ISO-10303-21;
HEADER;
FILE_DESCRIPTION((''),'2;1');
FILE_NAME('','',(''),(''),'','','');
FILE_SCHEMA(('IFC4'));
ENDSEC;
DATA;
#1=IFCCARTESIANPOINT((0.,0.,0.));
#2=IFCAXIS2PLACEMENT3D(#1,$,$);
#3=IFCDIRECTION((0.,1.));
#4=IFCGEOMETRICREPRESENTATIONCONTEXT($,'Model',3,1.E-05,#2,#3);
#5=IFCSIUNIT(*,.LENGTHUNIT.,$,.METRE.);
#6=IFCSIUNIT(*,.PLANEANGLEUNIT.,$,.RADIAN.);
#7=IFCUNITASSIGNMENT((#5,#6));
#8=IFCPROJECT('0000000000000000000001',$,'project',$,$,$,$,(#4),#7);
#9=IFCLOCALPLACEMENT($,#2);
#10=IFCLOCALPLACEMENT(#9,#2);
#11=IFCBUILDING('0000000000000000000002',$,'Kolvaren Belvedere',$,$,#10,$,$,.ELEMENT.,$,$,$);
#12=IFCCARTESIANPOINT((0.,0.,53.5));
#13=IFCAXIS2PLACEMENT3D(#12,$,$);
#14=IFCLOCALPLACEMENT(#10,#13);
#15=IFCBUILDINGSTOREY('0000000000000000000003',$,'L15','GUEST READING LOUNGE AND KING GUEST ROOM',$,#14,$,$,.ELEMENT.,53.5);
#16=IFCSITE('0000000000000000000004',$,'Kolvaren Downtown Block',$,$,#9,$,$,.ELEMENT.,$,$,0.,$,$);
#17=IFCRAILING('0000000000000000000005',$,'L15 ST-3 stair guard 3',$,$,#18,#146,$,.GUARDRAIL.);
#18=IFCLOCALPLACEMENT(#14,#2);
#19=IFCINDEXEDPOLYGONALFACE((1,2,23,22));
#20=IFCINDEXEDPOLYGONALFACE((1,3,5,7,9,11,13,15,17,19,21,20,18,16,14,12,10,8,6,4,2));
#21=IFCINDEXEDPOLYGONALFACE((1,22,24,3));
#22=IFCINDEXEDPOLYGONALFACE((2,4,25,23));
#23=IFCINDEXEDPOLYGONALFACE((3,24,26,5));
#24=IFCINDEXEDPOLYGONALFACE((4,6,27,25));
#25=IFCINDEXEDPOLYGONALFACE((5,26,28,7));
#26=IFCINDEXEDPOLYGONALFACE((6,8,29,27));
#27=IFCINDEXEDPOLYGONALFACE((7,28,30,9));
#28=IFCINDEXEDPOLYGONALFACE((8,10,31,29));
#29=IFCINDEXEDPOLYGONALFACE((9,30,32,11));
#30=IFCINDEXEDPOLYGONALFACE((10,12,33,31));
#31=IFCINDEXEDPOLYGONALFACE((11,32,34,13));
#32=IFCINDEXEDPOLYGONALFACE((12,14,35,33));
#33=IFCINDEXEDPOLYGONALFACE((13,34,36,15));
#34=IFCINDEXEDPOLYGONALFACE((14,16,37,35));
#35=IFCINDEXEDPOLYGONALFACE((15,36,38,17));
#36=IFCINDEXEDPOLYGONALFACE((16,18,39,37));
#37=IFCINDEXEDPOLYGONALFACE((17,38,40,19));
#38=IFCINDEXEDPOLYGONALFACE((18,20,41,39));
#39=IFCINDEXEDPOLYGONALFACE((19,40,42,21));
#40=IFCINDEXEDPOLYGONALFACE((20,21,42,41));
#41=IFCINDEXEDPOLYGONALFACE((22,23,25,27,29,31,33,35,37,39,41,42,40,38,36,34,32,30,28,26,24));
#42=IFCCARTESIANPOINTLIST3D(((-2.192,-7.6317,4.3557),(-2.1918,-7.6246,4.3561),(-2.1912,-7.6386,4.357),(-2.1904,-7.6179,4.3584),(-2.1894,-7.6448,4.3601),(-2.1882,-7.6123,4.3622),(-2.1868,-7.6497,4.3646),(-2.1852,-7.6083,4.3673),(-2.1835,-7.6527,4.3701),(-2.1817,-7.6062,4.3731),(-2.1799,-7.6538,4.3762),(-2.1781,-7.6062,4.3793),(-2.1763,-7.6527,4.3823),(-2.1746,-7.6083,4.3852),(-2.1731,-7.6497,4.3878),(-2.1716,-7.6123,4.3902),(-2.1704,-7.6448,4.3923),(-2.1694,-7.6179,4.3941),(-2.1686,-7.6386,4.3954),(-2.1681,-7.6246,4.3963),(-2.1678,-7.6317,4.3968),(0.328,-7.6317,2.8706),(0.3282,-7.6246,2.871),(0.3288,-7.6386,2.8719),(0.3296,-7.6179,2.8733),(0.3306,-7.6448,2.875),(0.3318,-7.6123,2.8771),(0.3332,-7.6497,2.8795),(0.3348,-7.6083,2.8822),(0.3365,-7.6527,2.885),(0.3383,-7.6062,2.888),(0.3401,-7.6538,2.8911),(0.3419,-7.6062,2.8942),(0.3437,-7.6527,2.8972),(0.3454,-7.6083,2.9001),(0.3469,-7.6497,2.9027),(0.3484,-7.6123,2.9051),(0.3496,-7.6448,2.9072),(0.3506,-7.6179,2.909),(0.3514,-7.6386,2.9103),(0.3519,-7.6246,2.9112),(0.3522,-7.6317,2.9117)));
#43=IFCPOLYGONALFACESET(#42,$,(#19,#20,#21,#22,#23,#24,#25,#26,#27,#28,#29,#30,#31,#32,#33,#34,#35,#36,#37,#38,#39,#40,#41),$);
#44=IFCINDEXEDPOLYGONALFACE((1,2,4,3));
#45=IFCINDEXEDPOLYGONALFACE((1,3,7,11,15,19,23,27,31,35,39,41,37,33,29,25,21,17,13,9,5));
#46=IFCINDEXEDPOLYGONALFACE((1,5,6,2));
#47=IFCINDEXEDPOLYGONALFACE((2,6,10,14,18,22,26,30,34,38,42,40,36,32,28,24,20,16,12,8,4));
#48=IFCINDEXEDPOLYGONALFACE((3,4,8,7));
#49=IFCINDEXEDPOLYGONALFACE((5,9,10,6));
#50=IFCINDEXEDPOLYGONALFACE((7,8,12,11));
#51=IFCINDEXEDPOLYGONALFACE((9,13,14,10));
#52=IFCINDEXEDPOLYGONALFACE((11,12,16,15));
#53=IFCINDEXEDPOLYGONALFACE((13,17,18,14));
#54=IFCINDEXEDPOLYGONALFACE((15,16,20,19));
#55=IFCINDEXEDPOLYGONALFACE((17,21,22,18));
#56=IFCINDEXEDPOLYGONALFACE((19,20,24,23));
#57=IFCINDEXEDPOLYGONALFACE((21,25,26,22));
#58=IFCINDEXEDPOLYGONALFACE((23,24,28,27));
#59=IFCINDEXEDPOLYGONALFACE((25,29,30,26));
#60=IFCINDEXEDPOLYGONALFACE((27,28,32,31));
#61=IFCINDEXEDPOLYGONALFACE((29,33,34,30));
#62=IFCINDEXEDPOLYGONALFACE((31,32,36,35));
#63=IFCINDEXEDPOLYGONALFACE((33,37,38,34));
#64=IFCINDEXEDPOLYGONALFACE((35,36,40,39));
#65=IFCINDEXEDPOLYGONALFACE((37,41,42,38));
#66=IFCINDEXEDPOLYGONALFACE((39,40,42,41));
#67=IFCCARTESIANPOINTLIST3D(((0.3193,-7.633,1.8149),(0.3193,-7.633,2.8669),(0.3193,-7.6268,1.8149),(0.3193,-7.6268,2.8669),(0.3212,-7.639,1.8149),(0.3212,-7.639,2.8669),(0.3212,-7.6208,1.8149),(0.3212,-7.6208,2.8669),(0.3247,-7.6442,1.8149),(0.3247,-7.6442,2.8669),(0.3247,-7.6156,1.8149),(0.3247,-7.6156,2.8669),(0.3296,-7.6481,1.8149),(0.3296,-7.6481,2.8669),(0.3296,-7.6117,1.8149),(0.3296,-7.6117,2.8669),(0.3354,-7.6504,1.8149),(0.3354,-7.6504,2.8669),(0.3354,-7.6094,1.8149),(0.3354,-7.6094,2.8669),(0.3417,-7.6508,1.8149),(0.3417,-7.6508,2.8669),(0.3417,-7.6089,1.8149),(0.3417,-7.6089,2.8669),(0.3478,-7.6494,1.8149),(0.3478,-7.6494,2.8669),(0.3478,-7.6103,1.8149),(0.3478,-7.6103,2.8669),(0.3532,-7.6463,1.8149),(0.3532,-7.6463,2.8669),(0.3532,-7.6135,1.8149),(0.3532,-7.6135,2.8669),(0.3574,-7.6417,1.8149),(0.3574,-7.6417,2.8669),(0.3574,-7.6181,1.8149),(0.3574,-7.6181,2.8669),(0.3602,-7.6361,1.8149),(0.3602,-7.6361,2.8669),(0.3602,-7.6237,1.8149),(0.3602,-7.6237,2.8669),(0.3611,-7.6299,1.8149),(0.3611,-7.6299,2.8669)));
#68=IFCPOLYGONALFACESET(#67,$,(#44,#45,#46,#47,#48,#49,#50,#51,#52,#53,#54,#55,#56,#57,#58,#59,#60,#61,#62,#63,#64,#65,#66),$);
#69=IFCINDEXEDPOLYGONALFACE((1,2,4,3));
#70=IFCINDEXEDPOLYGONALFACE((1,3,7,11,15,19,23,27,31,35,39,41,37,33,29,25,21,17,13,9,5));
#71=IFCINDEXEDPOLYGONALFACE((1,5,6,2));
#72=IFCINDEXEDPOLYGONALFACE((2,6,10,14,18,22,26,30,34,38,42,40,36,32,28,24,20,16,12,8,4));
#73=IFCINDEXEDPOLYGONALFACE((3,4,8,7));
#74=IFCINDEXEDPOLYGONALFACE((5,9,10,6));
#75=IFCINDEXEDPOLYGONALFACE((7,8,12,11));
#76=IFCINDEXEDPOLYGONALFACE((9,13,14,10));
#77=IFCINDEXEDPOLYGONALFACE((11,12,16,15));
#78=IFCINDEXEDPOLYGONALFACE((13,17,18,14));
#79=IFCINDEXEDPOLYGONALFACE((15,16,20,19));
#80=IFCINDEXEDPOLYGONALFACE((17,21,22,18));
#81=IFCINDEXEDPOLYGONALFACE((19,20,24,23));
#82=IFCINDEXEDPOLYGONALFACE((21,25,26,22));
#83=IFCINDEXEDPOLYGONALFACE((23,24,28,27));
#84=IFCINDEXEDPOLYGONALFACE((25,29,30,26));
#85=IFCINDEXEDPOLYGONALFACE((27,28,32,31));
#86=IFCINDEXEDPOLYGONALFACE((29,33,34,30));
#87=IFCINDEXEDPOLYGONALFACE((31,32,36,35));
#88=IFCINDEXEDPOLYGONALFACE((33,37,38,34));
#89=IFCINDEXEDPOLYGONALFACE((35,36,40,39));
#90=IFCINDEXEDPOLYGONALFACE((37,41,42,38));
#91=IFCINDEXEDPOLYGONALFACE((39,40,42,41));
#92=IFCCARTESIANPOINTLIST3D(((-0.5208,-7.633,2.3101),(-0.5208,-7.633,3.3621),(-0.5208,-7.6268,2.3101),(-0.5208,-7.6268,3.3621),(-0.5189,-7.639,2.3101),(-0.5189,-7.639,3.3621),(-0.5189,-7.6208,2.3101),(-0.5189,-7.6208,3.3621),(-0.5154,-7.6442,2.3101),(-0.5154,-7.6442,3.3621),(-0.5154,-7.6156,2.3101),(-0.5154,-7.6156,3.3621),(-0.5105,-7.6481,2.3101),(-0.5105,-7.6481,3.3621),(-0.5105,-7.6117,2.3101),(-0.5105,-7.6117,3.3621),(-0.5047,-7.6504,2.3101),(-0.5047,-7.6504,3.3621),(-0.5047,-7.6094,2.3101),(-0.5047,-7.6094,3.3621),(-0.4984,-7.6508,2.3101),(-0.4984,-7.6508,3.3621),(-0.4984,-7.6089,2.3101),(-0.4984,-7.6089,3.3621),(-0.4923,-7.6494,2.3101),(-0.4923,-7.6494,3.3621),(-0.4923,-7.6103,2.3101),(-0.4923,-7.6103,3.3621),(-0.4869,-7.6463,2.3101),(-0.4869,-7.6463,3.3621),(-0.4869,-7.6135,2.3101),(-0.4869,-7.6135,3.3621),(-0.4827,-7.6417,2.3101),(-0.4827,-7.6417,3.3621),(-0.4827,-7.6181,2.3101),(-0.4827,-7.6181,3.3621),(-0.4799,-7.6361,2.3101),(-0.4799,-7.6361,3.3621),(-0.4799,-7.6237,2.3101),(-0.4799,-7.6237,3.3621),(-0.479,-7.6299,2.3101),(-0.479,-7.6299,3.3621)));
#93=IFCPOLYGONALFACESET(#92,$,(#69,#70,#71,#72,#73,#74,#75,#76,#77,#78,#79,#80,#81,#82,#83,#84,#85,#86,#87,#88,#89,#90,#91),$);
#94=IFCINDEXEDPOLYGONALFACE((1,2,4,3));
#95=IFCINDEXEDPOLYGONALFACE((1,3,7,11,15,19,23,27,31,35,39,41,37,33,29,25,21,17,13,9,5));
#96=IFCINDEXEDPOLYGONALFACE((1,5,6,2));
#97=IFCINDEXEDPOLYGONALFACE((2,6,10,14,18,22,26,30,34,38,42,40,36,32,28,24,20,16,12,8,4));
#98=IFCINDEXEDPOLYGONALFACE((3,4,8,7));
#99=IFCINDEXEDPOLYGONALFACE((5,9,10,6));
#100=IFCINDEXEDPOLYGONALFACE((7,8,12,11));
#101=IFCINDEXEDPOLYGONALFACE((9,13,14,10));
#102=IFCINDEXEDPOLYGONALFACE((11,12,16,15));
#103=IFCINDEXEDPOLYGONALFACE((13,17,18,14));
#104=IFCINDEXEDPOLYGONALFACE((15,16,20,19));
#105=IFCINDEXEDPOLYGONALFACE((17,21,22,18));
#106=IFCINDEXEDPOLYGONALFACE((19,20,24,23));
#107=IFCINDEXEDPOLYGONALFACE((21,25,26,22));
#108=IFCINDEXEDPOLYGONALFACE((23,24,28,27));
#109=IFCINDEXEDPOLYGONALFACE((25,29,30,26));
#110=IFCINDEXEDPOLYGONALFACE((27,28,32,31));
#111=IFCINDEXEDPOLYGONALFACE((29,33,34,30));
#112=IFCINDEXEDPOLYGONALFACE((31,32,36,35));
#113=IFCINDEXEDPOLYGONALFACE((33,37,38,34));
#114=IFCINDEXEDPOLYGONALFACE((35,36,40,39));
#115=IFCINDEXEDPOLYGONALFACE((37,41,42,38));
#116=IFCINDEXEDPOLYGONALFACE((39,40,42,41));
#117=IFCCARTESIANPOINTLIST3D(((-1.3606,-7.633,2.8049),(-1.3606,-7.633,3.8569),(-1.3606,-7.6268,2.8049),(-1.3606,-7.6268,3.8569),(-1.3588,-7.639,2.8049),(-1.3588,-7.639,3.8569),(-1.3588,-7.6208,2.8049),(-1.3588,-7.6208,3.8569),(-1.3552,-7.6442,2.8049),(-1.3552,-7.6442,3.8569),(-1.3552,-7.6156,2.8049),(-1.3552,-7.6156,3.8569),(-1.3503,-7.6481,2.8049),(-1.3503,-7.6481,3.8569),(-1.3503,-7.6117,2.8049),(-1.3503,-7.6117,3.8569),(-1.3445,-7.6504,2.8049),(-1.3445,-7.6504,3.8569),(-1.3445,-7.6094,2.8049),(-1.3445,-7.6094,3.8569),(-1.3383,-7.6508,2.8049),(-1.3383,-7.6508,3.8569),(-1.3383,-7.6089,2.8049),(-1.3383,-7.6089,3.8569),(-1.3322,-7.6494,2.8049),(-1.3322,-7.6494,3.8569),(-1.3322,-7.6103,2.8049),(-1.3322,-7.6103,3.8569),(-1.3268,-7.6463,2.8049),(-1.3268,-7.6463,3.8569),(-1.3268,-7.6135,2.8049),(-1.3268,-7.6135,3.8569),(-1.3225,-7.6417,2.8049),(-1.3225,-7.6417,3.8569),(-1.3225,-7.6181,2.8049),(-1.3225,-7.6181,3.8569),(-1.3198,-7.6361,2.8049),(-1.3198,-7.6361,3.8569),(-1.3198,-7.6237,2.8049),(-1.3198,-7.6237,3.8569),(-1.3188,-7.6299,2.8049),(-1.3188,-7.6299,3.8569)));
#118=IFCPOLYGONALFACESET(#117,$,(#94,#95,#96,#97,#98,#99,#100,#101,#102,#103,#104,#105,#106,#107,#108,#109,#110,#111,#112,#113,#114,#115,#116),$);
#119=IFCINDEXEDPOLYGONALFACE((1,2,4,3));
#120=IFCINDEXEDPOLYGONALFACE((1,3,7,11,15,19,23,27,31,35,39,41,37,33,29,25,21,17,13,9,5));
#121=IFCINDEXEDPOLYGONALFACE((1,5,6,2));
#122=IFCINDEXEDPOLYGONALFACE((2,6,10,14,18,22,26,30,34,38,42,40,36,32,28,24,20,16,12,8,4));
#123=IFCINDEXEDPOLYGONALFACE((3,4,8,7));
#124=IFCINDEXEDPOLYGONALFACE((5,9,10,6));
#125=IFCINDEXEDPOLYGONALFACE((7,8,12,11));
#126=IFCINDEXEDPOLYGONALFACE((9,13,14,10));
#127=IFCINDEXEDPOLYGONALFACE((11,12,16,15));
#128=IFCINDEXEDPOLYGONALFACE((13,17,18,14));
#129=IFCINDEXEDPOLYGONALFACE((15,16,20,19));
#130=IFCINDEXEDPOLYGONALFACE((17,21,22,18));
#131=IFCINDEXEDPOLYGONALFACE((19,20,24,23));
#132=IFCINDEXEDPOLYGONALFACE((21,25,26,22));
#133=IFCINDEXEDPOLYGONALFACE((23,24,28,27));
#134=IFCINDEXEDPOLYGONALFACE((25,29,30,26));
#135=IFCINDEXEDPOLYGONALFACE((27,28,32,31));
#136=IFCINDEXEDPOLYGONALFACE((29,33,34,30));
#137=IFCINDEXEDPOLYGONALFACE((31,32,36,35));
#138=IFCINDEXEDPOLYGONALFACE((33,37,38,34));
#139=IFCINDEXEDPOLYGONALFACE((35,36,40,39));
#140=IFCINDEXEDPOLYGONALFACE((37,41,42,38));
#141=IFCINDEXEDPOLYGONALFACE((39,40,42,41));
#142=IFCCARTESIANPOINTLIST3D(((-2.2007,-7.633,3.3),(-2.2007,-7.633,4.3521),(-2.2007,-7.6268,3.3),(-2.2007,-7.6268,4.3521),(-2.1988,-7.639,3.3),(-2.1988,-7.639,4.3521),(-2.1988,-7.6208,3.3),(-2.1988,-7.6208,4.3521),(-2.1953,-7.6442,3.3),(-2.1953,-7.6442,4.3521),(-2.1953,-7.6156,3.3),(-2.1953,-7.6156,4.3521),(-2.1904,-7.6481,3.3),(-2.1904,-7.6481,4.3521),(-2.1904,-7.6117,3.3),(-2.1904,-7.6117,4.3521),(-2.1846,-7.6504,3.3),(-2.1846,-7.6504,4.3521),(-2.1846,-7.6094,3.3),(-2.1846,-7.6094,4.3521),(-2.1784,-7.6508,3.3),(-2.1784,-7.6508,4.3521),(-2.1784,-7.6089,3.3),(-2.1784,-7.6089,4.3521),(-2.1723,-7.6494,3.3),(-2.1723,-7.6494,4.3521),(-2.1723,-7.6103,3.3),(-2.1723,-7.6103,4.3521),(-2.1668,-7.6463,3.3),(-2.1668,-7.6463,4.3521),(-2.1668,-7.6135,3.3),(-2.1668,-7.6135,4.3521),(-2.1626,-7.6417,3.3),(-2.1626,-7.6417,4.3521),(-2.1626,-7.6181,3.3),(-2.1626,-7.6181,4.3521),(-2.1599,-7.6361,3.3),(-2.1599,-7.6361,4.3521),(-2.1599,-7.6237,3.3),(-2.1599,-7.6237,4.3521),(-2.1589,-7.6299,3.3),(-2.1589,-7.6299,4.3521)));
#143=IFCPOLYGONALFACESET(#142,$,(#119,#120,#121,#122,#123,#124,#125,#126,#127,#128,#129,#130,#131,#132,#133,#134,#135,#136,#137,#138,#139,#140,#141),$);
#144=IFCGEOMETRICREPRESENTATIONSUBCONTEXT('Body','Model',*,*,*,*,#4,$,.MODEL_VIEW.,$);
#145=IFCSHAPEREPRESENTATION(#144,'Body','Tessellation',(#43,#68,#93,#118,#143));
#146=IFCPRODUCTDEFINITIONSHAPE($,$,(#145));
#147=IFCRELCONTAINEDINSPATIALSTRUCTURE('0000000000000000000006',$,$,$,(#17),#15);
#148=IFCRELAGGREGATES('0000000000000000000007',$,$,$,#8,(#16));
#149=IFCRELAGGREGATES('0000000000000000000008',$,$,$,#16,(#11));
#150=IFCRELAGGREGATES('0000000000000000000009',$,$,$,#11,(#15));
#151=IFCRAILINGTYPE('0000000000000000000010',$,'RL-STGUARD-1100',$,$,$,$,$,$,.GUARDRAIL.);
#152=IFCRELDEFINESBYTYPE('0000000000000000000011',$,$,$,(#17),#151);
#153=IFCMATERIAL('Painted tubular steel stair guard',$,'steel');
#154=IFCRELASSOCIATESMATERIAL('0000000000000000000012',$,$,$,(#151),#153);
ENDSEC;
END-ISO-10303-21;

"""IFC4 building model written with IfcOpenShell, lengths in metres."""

from ifc_helpers import new_model, si_unit, direction, frame, origin, origin_2d, place, context, subcontext, project, spatial, circle, extrude, material, type_object, element, save


model = new_model("IFC4")

# Units and contexts
model_context = context("Model", 3, precision=1e-05, world=origin(), true_north=direction((0.0, 1.0)))
body_context = subcontext(model_context, "Body", "Model", "MODEL_VIEW")
ifc_project = project(units=[si_unit("LENGTHUNIT", "METRE"), si_unit("PLANEANGLEUNIT", "RADIAN")], contexts=[model_context])

# Site, building, storey
site_placement = place(None, origin())
site = spatial("IfcSite", under=ifc_project, at=site_placement, Name="Kolvaren Downtown Block", CompositionType="ELEMENT", RefElevation=0.0)
building_placement = place(site_placement, origin())
building = spatial("IfcBuilding", under=site, at=building_placement, Name="Kolvaren Belvedere", CompositionType="ELEMENT")
storey_placement = place(building_placement, frame((0.0, 0.0, 53.5)))
storey = spatial("IfcBuildingStorey", under=building, at=storey_placement, Name="L15", Description="GUEST READING LOUNGE AND KING GUEST ROOM", CompositionType="ELEMENT", Elevation=53.5)

# Railing
ifc_material_1 = material(Name="Painted tubular steel stair guard", Category="steel")
railing_type_1 = type_object("IfcRailingType", Name="RL-STGUARD-1100", PredefinedType="GUARDRAIL", material=ifc_material_1)
railing_1_placement = place(storey_placement, frame((0.3401, -7.6299, 1.8149)))
element("IfcRailing", 1, at=railing_1_placement, inside=storey, type_object=railing_type_1, Name="L15 ST-3 stair guard 3", PredefinedType="GUARDRAIL", context=body_context, shape_type="SweptSolid", body=[
    extrude(circle(Radius=0.0239, at=origin_2d()), frame((0.0, 0.0, 1.0762), z_axis=(-0.861524, 0.0, 0.507717), x_axis=(0.0, -1.0, 0.0)), (0.0, 0.0, 1.0), 2.925),
    extrude(circle(Radius=0.021, at=origin_2d()), origin(), (0.0, 0.0, 1.0), 1.052),
    extrude(circle(Radius=0.021, at=origin_2d()), frame((-0.8401, 0.0, 0.4951)), (0.0, 0.0, 1.0), 1.052),
    extrude(circle(Radius=0.021, at=origin_2d()), frame((-1.6799, 0.0, 0.99)), (0.0, 0.0, 1.0), 1.052),
    extrude(circle(Radius=0.021, at=origin_2d()), frame((-2.52, 0.0, 1.4851)), (0.0, 0.0, 1.0), 1.052),
])

save(model, "model.ifc")
